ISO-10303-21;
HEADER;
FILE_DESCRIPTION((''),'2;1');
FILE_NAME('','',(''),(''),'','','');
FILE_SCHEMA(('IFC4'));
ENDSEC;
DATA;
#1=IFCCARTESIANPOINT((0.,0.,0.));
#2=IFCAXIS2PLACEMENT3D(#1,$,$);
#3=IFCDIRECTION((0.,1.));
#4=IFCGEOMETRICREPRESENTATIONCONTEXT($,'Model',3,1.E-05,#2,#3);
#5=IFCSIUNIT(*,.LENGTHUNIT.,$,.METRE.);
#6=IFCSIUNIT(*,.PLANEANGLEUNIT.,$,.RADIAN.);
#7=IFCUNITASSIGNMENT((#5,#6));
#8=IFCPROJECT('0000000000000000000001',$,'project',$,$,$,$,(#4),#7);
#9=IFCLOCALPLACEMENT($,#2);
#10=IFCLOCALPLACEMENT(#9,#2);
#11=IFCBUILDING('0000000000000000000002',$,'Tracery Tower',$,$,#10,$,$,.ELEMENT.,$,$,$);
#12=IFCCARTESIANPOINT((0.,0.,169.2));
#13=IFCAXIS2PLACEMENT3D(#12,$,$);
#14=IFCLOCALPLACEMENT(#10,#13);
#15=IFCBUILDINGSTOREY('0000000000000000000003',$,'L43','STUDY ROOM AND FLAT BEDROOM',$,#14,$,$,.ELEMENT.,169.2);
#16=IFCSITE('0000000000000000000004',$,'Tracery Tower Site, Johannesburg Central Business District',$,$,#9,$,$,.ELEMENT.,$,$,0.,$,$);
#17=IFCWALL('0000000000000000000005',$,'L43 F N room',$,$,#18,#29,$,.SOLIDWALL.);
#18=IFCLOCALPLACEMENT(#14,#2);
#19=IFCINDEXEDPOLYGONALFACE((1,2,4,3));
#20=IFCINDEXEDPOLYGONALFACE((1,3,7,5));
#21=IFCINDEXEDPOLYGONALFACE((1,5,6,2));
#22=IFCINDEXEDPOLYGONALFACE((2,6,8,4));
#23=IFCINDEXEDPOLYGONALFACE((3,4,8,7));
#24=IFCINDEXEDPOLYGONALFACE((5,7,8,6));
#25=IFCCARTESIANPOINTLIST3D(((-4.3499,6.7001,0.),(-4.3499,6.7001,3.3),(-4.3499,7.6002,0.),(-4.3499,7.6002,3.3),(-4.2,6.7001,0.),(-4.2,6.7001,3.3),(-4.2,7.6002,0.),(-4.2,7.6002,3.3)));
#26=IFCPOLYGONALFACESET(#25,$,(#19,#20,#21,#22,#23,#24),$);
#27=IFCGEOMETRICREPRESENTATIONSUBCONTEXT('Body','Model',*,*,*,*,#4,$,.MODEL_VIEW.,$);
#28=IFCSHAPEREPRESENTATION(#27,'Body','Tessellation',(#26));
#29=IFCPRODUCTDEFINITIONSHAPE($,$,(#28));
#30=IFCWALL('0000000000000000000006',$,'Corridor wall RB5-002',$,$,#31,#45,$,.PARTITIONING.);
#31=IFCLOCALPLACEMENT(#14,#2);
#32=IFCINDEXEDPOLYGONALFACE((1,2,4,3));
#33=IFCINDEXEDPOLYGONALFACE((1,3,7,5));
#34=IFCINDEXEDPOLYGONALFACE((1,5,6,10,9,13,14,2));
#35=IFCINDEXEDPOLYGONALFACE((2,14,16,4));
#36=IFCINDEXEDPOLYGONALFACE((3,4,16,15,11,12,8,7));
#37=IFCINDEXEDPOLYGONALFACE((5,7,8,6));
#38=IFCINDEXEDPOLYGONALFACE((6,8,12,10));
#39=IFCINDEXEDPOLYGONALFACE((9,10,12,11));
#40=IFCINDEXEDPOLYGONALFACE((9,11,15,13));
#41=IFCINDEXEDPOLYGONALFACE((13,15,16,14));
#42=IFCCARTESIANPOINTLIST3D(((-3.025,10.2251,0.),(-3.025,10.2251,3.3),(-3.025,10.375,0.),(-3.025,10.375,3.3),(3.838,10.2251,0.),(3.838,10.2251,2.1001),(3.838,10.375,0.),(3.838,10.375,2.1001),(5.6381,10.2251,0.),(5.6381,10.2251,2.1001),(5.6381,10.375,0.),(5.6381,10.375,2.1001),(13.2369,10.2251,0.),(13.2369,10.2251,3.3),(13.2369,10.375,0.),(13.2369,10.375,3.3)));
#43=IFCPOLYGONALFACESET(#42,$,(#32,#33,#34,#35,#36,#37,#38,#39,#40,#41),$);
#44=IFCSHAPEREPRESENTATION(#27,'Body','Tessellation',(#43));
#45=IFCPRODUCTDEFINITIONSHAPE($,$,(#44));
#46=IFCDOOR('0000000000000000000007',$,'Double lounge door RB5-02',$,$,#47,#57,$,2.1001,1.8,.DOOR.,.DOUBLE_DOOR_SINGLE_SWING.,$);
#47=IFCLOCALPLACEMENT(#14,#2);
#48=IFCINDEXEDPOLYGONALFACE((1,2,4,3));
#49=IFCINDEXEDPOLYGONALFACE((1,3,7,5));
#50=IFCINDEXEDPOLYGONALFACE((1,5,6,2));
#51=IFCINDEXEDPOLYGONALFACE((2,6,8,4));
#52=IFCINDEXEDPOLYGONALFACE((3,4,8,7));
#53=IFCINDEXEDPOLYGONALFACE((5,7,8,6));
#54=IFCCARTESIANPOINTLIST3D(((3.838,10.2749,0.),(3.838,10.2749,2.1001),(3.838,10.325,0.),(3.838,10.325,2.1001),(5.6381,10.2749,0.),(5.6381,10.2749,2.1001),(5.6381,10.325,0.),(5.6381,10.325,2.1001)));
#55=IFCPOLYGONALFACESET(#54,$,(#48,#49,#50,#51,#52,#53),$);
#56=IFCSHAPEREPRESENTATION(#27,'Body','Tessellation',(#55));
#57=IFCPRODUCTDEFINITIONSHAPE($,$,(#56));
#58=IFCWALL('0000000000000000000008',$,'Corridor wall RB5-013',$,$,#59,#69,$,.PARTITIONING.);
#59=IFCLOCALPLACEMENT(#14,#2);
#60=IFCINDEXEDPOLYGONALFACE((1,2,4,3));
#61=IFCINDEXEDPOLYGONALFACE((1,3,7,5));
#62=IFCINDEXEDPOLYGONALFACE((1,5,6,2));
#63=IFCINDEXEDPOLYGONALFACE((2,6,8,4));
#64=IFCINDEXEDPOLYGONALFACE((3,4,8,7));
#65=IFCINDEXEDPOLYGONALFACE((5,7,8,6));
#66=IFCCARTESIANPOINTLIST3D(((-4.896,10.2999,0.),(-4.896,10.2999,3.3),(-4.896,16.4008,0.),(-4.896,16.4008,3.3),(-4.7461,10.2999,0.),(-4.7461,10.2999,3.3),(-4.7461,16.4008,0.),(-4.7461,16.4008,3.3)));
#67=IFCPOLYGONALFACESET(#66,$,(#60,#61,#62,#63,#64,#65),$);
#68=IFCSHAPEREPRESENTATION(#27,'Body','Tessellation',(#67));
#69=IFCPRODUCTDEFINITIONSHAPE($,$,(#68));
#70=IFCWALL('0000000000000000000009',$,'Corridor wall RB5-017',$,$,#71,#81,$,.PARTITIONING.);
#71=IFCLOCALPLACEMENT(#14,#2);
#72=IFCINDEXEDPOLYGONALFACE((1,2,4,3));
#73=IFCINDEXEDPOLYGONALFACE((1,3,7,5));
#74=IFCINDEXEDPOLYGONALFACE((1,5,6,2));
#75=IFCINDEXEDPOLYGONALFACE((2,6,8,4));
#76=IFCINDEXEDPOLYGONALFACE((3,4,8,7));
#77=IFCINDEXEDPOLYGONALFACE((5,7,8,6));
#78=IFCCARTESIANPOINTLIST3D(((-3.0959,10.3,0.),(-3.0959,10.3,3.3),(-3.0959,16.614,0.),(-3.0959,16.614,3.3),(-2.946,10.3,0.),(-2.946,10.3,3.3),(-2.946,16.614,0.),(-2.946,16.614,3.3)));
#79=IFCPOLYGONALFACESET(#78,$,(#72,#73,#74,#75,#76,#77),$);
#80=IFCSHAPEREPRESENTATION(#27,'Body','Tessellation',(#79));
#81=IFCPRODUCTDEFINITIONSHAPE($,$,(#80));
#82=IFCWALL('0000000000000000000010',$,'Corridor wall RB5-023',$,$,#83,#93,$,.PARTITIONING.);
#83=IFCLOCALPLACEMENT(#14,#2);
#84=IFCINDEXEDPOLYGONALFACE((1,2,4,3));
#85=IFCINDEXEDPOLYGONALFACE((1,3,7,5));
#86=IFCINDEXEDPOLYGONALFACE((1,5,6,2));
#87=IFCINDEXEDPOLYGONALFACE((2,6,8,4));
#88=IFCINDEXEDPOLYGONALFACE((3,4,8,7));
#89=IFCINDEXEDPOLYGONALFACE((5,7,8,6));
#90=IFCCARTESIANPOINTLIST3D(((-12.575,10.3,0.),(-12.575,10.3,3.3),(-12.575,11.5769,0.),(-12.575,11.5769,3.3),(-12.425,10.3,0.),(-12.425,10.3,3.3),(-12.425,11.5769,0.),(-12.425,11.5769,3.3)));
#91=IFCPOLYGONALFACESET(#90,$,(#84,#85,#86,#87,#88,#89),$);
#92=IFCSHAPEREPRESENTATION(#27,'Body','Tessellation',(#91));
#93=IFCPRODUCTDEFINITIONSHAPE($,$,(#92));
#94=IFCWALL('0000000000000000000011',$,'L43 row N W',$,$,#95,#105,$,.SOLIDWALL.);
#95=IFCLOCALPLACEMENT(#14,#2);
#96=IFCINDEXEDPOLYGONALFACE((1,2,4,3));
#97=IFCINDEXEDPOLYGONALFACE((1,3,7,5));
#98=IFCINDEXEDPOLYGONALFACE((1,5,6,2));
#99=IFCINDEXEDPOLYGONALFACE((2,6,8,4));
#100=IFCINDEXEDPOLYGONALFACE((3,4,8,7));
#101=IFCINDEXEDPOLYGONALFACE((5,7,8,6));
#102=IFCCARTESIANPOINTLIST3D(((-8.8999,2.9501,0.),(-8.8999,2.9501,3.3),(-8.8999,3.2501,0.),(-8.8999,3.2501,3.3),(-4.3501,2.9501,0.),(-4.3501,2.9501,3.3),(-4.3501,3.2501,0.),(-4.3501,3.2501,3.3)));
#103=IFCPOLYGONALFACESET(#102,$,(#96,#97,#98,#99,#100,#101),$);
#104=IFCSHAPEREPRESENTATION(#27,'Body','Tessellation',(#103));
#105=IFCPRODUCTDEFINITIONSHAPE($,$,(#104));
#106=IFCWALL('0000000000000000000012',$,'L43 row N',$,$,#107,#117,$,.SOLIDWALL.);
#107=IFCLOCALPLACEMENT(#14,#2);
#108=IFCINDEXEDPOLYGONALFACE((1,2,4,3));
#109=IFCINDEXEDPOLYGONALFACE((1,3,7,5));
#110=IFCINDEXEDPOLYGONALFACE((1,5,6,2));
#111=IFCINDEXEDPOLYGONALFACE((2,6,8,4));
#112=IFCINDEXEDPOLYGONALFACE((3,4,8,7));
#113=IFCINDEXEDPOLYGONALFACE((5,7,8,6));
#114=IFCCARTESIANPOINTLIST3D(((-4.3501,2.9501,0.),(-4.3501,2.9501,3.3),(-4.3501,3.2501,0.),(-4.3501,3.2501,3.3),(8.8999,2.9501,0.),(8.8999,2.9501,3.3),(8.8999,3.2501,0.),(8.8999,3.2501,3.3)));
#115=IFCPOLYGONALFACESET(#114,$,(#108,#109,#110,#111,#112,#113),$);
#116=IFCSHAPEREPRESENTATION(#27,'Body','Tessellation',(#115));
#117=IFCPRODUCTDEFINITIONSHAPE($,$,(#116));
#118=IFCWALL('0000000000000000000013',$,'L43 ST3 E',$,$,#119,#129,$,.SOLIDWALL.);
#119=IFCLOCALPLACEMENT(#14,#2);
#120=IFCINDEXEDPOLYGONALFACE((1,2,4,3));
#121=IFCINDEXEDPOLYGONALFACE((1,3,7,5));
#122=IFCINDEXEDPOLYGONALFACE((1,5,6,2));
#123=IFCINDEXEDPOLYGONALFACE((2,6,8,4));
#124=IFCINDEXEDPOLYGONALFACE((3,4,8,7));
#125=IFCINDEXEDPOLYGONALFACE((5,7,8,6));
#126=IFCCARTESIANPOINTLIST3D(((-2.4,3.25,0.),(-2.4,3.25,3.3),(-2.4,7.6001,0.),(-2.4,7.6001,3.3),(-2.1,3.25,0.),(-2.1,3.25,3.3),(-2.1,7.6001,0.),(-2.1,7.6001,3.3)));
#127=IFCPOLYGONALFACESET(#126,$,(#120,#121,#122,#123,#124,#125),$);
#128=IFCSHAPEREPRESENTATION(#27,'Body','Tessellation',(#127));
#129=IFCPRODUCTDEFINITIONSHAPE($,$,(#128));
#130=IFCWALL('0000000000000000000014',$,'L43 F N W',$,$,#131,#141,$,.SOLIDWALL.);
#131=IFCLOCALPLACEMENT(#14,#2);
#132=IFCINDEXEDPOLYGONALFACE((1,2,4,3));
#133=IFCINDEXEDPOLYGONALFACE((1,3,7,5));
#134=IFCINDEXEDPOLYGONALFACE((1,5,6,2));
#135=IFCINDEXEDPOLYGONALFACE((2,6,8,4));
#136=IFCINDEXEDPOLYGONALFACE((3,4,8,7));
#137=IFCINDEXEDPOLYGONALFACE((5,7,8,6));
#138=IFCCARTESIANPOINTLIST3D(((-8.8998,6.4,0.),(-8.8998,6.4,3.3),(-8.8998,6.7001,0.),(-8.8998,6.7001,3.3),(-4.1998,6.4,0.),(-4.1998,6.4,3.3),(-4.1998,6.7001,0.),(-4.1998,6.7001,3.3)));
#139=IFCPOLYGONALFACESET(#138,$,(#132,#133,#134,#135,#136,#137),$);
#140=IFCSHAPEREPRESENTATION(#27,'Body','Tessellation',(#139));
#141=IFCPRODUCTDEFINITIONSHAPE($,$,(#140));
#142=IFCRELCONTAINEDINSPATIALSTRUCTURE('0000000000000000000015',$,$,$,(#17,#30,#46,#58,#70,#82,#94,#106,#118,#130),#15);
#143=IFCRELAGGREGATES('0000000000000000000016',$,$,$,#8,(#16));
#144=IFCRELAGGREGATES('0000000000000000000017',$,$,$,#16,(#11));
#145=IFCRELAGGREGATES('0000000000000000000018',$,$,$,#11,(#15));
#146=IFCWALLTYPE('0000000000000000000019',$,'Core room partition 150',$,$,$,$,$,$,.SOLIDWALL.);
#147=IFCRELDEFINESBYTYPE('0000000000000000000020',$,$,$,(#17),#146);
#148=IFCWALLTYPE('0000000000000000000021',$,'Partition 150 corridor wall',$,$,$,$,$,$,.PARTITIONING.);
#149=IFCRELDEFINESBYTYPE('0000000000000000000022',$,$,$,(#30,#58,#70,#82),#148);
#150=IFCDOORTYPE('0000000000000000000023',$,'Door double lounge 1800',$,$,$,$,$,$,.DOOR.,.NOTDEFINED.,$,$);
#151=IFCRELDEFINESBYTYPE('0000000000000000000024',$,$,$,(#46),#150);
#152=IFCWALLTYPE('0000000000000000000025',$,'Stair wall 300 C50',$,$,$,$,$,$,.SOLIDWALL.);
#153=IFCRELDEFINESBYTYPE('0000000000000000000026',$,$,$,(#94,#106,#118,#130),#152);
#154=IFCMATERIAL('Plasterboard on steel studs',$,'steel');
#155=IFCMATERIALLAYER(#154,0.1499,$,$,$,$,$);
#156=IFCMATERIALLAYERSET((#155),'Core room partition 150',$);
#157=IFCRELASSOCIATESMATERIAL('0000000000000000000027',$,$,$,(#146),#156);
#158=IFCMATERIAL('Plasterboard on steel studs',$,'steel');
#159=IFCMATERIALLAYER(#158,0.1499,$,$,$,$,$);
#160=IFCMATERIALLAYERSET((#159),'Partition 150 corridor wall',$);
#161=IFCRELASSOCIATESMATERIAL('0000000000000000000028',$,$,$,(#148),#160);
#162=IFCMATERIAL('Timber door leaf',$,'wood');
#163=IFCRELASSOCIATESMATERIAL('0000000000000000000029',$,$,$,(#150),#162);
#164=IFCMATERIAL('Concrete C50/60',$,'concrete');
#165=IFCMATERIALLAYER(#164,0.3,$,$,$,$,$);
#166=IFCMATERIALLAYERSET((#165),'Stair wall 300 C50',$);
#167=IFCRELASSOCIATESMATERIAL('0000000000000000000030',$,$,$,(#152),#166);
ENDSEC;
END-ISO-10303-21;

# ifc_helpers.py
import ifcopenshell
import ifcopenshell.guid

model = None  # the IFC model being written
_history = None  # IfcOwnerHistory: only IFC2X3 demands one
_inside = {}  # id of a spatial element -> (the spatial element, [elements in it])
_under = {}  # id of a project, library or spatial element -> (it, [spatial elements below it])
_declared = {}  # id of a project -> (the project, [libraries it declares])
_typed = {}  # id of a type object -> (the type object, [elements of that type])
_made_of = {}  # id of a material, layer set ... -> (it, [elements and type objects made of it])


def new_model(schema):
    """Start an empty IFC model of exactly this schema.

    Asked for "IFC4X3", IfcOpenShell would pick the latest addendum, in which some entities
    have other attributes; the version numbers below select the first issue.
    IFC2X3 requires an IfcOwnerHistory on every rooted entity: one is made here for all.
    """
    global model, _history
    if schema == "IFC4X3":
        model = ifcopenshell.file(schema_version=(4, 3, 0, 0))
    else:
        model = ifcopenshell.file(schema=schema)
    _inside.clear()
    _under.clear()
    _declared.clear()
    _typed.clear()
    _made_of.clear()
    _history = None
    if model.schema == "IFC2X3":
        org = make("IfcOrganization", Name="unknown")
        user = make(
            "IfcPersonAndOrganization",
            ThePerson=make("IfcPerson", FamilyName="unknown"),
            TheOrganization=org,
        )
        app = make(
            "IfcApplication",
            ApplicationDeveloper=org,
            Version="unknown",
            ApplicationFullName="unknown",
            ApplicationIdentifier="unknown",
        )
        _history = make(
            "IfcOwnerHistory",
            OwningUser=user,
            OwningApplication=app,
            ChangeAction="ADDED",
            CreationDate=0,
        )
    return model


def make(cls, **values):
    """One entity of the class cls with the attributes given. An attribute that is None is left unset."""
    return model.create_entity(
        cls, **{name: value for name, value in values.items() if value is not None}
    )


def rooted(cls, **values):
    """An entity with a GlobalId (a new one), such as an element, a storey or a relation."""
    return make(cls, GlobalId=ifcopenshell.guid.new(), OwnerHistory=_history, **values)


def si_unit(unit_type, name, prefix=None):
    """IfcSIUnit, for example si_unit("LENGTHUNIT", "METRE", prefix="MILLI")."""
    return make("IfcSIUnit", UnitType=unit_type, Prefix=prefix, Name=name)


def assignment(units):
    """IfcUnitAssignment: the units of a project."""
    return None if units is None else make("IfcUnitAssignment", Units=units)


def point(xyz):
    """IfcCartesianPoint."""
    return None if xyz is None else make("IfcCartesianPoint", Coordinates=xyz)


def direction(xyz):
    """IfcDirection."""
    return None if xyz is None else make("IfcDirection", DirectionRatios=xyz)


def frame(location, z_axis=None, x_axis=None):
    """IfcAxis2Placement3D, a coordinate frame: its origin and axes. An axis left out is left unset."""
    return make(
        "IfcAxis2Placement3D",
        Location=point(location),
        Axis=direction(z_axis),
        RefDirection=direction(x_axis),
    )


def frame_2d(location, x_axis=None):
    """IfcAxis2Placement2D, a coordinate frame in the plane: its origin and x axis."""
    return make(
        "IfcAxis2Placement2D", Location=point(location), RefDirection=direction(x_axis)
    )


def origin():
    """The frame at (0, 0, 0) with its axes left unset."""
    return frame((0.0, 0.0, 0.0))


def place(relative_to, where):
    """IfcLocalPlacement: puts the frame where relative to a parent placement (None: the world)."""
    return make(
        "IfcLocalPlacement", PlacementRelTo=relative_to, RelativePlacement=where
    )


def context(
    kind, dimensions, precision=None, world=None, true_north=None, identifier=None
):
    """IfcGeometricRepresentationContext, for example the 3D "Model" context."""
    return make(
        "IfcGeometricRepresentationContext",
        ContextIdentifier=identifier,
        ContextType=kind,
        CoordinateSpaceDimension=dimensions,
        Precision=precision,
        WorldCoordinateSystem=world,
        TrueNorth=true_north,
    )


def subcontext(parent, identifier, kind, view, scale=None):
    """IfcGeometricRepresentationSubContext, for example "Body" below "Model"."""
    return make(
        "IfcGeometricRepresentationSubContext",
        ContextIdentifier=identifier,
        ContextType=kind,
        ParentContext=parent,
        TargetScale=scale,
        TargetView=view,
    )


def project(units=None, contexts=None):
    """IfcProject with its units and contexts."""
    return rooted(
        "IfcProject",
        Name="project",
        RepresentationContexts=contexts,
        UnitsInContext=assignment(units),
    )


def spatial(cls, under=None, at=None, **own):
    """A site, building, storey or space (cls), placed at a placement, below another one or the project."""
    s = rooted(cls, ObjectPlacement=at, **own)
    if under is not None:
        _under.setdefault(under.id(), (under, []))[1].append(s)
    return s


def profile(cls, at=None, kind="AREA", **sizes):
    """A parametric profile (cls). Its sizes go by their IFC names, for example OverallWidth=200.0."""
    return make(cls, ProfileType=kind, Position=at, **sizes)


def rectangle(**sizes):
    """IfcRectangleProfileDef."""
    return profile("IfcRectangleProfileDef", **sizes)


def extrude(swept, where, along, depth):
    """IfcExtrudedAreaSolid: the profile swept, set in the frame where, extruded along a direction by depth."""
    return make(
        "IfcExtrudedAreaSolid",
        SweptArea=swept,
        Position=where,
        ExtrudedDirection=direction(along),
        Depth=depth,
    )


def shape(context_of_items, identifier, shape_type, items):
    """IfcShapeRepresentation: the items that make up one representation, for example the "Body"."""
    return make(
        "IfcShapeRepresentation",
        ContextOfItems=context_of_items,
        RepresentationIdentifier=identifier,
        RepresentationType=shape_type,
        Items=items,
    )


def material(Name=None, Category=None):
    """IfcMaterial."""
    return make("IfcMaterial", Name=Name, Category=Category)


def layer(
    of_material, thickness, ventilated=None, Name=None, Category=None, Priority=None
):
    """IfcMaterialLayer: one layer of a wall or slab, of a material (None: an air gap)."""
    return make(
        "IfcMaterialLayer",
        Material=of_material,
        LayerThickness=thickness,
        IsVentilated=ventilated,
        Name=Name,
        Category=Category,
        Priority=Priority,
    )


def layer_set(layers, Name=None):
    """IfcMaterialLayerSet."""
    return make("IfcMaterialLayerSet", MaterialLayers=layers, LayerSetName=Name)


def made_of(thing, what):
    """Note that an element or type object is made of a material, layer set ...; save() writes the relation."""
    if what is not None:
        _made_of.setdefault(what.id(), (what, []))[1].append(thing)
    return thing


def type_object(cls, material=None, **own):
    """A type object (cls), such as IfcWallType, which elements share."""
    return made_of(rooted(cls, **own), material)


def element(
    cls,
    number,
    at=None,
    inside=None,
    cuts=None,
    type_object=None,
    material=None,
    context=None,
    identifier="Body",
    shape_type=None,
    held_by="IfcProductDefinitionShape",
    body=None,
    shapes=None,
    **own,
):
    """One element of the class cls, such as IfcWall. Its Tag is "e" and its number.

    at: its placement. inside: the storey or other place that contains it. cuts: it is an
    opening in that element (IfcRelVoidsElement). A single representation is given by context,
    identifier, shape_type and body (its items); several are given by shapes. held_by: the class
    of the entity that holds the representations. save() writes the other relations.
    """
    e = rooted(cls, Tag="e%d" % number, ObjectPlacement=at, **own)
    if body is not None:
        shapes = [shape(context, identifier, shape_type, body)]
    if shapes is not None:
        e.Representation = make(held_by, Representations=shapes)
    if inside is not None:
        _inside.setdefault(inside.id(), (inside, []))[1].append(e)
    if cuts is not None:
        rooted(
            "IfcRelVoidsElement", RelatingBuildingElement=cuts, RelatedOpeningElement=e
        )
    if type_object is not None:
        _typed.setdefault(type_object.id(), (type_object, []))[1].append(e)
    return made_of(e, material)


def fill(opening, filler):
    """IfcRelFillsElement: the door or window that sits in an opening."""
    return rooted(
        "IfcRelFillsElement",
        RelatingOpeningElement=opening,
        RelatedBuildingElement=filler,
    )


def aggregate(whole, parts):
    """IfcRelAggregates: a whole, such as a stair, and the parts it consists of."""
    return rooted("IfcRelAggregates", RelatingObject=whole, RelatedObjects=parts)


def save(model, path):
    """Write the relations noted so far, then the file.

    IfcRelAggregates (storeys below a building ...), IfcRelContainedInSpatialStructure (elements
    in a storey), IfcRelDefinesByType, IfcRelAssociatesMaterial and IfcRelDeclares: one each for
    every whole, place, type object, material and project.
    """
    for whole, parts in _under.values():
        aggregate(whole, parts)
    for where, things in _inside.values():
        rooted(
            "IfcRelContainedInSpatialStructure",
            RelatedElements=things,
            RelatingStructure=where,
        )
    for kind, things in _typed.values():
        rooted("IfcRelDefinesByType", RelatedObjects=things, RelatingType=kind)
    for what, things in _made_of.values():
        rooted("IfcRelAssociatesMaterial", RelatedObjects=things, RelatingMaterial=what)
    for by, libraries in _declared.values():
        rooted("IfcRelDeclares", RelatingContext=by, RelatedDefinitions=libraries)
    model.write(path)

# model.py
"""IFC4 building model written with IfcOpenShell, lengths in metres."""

from ifc_helpers import new_model, si_unit, direction, frame, frame_2d, origin, place, context, subcontext, project, spatial, rectangle, extrude, material, layer, layer_set, type_object, element, fill, save


model = new_model("IFC4")

# Units and contexts
model_context = context("Model", 3, precision=1e-05, world=origin(), true_north=direction((0.0, 1.0)))
body_context = subcontext(model_context, "Body", "Model", "MODEL_VIEW")
ifc_project = project(units=[si_unit("LENGTHUNIT", "METRE"), si_unit("PLANEANGLEUNIT", "RADIAN")], contexts=[model_context])

# Site, building, storey
site_placement = place(None, origin())
site = spatial("IfcSite", under=ifc_project, at=site_placement, Name="Tracery Tower Site, Johannesburg Central Business District", CompositionType="ELEMENT", RefElevation=0.0)
building_placement = place(site_placement, origin())
building = spatial("IfcBuilding", under=site, at=building_placement, Name="Tracery Tower", CompositionType="ELEMENT")
storey_placement = place(building_placement, frame((0.0, 0.0, 169.2)))
storey = spatial("IfcBuildingStorey", under=building, at=storey_placement, Name="L43", Description="STUDY ROOM AND FLAT BEDROOM", CompositionType="ELEMENT", Elevation=169.2)

# Wall
ifc_material_1 = material(Name="Plasterboard on steel studs", Category="steel")
ifc_layer_1 = layer(ifc_material_1, 0.1499)
ifc_layer_set_1 = layer_set([ifc_layer_1], Name="Core room partition 150")
wall_type_1 = type_object("IfcWallType", Name="Core room partition 150", PredefinedType="SOLIDWALL", material=ifc_layer_set_1)
wall_1_placement = place(storey_placement, frame((-4.2749, 6.7, 0.0), z_axis=(0.0, 0.0, 1.0), x_axis=(0.0, 1.0, 0.0)))
element("IfcWall", 1, at=wall_1_placement, inside=storey, type_object=wall_type_1, Name="L43 F N room", PredefinedType="SOLIDWALL", context=body_context, shape_type="SweptSolid", body=[
    extrude(rectangle(XDim=0.9001, YDim=0.1499, at=frame_2d((0.4502, 0.0))), origin(), (0.0, 0.0, 1.0), 3.3),
])

# Wall, opening, door
ifc_material_2 = material(Name="Plasterboard on steel studs", Category="steel")
ifc_layer_2 = layer(ifc_material_2, 0.1499)
ifc_layer_set_2 = layer_set([ifc_layer_2], Name="Partition 150 corridor wall")
wall_type_2 = type_object("IfcWallType", Name="Partition 150 corridor wall", PredefinedType="PARTITIONING", material=ifc_layer_set_2)
wall_2_placement = place(storey_placement, frame((-3.0249, 10.3, 0.0), z_axis=(0.0, 0.0, 1.0), x_axis=(1.0, 0.0, 0.0)))
wall_2 = element("IfcWall", 2, at=wall_2_placement, inside=storey, type_object=wall_type_2, Name="Corridor wall RB5-002", PredefinedType="PARTITIONING", context=body_context, shape_type="SweptSolid", body=[
    extrude(rectangle(XDim=16.262, YDim=0.1499, at=frame_2d((8.1309, 0.0))), origin(), (0.0, 0.0, 1.0), 3.3),
])
opening_1_placement = place(wall_2_placement, frame((6.863, 0.0, 0.0)))
opening_1 = element("IfcOpeningElement", 3, at=opening_1_placement, cuts=wall_2, PredefinedType="OPENING", context=body_context, shape_type="SweptSolid", body=[
    extrude(rectangle(XDim=1.8, YDim=2.1001, at=frame_2d((0.8999, 1.05))), frame((0.0, 0.075, 0.0), z_axis=(0.0, -1.0, 0.0), x_axis=(1.0, 0.0, 0.0)), (0.0, 0.0, 1.0), 0.1499),
])
ifc_material_3 = material(Name="Timber door leaf", Category="wood")
door_type_1 = type_object("IfcDoorType", Name="Door double lounge 1800", OperationType="NOTDEFINED", PredefinedType="DOOR", material=ifc_material_3)
door_1_placement = place(opening_1_placement, origin())
door_1 = element("IfcDoor", 4, at=door_1_placement, inside=storey, type_object=door_type_1, Name="Double lounge door RB5-02", OperationType="DOUBLE_DOOR_SINGLE_SWING", OverallHeight=2.1001, OverallWidth=1.8, PredefinedType="DOOR", context=body_context, shape_type="SweptSolid", body=[
    extrude(rectangle(XDim=1.8, YDim=2.1001, at=frame_2d((0.8999, 1.05))), frame((0.0, 0.0249, 0.0), z_axis=(0.0, -1.0, 0.0), x_axis=(1.0, 0.0, 0.0)), (0.0, 0.0, 1.0), 0.05),
])
fill(opening_1, door_1)

# Walls
wall_3_placement = place(storey_placement, frame((-4.821, 10.3, 0.0), z_axis=(0.0, 0.0, 1.0), x_axis=(0.0, 1.0, 0.0)))
element("IfcWall", 5, at=wall_3_placement, inside=storey, type_object=wall_type_2, Name="Corridor wall RB5-013", PredefinedType="PARTITIONING", context=body_context, shape_type="SweptSolid", body=[
    extrude(rectangle(XDim=6.1008, YDim=0.1499, at=frame_2d((3.0503, 0.0))), origin(), (0.0, 0.0, 1.0), 3.3),
])
wall_4_placement = place(storey_placement, frame((-3.021, 10.3, 0.0), z_axis=(0.0, 0.0, 1.0), x_axis=(0.0, 1.0, 0.0)))
element("IfcWall", 6, at=wall_4_placement, inside=storey, type_object=wall_type_2, Name="Corridor wall RB5-017", PredefinedType="PARTITIONING", context=body_context, shape_type="SweptSolid", body=[
    extrude(rectangle(XDim=6.314, YDim=0.1499, at=frame_2d((3.157, 0.0))), origin(), (0.0, 0.0, 1.0), 3.3),
])
wall_5_placement = place(storey_placement, frame((-12.5, 10.3, 0.0), z_axis=(0.0, 0.0, 1.0), x_axis=(0.0, 1.0, 0.0)))
element("IfcWall", 7, at=wall_5_placement, inside=storey, type_object=wall_type_2, Name="Corridor wall RB5-023", PredefinedType="PARTITIONING", context=body_context, shape_type="SweptSolid", body=[
    extrude(rectangle(XDim=1.2769, YDim=0.1499, at=frame_2d((0.6384, 0.0))), origin(), (0.0, 0.0, 1.0), 3.3),
])

# Walls
ifc_material_4 = material(Name="Concrete C50/60", Category="concrete")
ifc_layer_3 = layer(ifc_material_4, 0.3)
ifc_layer_set_3 = layer_set([ifc_layer_3], Name="Stair wall 300 C50")
wall_type_3 = type_object("IfcWallType", Name="Stair wall 300 C50", PredefinedType="SOLIDWALL", material=ifc_layer_set_3)
wall_6_placement = place(storey_placement, frame((-8.8999, 3.1001, 0.0), z_axis=(0.0, 0.0, 1.0), x_axis=(1.0, 0.0, 0.0)))
element("IfcWall", 8, at=wall_6_placement, inside=storey, type_object=wall_type_3, Name="L43 row N W", PredefinedType="SOLIDWALL", context=body_context, shape_type="SweptSolid", body=[
    extrude(rectangle(XDim=4.5498, YDim=0.3, at=frame_2d((2.2749, 0.0))), origin(), (0.0, 0.0, 1.0), 3.3),
])
wall_7_placement = place(storey_placement, frame((-4.3501, 3.1001, 0.0), z_axis=(0.0, 0.0, 1.0), x_axis=(1.0, 0.0, 0.0)))
element("IfcWall", 9, at=wall_7_placement, inside=storey, type_object=wall_type_3, Name="L43 row N", PredefinedType="SOLIDWALL", context=body_context, shape_type="SweptSolid", body=[
    extrude(rectangle(XDim=13.25, YDim=0.3, at=frame_2d((6.625, 0.0))), origin(), (0.0, 0.0, 1.0), 3.3),
])
wall_8_placement = place(storey_placement, frame((-2.25, 3.25, 0.0), z_axis=(0.0, 0.0, 1.0), x_axis=(0.0, 1.0, 0.0)))
element("IfcWall", 10, at=wall_8_placement, inside=storey, type_object=wall_type_3, Name="L43 ST3 E", PredefinedType="SOLIDWALL", context=body_context, shape_type="SweptSolid", body=[
    extrude(rectangle(XDim=4.3501, YDim=0.3, at=frame_2d((2.175, 0.0))), origin(), (0.0, 0.0, 1.0), 3.3),
])
wall_9_placement = place(storey_placement, frame((-8.8999, 6.55, 0.0), z_axis=(0.0, 0.0, 1.0), x_axis=(1.0, 0.0, 0.0)))
element("IfcWall", 11, at=wall_9_placement, inside=storey, type_object=wall_type_3, Name="L43 F N W", PredefinedType="SOLIDWALL", context=body_context, shape_type="SweptSolid", body=[
    extrude(rectangle(XDim=4.7, YDim=0.3, at=frame_2d((2.3501, 0.0))), origin(), (0.0, 0.0, 1.0), 3.3),
])

save(model, "model.ifc")
